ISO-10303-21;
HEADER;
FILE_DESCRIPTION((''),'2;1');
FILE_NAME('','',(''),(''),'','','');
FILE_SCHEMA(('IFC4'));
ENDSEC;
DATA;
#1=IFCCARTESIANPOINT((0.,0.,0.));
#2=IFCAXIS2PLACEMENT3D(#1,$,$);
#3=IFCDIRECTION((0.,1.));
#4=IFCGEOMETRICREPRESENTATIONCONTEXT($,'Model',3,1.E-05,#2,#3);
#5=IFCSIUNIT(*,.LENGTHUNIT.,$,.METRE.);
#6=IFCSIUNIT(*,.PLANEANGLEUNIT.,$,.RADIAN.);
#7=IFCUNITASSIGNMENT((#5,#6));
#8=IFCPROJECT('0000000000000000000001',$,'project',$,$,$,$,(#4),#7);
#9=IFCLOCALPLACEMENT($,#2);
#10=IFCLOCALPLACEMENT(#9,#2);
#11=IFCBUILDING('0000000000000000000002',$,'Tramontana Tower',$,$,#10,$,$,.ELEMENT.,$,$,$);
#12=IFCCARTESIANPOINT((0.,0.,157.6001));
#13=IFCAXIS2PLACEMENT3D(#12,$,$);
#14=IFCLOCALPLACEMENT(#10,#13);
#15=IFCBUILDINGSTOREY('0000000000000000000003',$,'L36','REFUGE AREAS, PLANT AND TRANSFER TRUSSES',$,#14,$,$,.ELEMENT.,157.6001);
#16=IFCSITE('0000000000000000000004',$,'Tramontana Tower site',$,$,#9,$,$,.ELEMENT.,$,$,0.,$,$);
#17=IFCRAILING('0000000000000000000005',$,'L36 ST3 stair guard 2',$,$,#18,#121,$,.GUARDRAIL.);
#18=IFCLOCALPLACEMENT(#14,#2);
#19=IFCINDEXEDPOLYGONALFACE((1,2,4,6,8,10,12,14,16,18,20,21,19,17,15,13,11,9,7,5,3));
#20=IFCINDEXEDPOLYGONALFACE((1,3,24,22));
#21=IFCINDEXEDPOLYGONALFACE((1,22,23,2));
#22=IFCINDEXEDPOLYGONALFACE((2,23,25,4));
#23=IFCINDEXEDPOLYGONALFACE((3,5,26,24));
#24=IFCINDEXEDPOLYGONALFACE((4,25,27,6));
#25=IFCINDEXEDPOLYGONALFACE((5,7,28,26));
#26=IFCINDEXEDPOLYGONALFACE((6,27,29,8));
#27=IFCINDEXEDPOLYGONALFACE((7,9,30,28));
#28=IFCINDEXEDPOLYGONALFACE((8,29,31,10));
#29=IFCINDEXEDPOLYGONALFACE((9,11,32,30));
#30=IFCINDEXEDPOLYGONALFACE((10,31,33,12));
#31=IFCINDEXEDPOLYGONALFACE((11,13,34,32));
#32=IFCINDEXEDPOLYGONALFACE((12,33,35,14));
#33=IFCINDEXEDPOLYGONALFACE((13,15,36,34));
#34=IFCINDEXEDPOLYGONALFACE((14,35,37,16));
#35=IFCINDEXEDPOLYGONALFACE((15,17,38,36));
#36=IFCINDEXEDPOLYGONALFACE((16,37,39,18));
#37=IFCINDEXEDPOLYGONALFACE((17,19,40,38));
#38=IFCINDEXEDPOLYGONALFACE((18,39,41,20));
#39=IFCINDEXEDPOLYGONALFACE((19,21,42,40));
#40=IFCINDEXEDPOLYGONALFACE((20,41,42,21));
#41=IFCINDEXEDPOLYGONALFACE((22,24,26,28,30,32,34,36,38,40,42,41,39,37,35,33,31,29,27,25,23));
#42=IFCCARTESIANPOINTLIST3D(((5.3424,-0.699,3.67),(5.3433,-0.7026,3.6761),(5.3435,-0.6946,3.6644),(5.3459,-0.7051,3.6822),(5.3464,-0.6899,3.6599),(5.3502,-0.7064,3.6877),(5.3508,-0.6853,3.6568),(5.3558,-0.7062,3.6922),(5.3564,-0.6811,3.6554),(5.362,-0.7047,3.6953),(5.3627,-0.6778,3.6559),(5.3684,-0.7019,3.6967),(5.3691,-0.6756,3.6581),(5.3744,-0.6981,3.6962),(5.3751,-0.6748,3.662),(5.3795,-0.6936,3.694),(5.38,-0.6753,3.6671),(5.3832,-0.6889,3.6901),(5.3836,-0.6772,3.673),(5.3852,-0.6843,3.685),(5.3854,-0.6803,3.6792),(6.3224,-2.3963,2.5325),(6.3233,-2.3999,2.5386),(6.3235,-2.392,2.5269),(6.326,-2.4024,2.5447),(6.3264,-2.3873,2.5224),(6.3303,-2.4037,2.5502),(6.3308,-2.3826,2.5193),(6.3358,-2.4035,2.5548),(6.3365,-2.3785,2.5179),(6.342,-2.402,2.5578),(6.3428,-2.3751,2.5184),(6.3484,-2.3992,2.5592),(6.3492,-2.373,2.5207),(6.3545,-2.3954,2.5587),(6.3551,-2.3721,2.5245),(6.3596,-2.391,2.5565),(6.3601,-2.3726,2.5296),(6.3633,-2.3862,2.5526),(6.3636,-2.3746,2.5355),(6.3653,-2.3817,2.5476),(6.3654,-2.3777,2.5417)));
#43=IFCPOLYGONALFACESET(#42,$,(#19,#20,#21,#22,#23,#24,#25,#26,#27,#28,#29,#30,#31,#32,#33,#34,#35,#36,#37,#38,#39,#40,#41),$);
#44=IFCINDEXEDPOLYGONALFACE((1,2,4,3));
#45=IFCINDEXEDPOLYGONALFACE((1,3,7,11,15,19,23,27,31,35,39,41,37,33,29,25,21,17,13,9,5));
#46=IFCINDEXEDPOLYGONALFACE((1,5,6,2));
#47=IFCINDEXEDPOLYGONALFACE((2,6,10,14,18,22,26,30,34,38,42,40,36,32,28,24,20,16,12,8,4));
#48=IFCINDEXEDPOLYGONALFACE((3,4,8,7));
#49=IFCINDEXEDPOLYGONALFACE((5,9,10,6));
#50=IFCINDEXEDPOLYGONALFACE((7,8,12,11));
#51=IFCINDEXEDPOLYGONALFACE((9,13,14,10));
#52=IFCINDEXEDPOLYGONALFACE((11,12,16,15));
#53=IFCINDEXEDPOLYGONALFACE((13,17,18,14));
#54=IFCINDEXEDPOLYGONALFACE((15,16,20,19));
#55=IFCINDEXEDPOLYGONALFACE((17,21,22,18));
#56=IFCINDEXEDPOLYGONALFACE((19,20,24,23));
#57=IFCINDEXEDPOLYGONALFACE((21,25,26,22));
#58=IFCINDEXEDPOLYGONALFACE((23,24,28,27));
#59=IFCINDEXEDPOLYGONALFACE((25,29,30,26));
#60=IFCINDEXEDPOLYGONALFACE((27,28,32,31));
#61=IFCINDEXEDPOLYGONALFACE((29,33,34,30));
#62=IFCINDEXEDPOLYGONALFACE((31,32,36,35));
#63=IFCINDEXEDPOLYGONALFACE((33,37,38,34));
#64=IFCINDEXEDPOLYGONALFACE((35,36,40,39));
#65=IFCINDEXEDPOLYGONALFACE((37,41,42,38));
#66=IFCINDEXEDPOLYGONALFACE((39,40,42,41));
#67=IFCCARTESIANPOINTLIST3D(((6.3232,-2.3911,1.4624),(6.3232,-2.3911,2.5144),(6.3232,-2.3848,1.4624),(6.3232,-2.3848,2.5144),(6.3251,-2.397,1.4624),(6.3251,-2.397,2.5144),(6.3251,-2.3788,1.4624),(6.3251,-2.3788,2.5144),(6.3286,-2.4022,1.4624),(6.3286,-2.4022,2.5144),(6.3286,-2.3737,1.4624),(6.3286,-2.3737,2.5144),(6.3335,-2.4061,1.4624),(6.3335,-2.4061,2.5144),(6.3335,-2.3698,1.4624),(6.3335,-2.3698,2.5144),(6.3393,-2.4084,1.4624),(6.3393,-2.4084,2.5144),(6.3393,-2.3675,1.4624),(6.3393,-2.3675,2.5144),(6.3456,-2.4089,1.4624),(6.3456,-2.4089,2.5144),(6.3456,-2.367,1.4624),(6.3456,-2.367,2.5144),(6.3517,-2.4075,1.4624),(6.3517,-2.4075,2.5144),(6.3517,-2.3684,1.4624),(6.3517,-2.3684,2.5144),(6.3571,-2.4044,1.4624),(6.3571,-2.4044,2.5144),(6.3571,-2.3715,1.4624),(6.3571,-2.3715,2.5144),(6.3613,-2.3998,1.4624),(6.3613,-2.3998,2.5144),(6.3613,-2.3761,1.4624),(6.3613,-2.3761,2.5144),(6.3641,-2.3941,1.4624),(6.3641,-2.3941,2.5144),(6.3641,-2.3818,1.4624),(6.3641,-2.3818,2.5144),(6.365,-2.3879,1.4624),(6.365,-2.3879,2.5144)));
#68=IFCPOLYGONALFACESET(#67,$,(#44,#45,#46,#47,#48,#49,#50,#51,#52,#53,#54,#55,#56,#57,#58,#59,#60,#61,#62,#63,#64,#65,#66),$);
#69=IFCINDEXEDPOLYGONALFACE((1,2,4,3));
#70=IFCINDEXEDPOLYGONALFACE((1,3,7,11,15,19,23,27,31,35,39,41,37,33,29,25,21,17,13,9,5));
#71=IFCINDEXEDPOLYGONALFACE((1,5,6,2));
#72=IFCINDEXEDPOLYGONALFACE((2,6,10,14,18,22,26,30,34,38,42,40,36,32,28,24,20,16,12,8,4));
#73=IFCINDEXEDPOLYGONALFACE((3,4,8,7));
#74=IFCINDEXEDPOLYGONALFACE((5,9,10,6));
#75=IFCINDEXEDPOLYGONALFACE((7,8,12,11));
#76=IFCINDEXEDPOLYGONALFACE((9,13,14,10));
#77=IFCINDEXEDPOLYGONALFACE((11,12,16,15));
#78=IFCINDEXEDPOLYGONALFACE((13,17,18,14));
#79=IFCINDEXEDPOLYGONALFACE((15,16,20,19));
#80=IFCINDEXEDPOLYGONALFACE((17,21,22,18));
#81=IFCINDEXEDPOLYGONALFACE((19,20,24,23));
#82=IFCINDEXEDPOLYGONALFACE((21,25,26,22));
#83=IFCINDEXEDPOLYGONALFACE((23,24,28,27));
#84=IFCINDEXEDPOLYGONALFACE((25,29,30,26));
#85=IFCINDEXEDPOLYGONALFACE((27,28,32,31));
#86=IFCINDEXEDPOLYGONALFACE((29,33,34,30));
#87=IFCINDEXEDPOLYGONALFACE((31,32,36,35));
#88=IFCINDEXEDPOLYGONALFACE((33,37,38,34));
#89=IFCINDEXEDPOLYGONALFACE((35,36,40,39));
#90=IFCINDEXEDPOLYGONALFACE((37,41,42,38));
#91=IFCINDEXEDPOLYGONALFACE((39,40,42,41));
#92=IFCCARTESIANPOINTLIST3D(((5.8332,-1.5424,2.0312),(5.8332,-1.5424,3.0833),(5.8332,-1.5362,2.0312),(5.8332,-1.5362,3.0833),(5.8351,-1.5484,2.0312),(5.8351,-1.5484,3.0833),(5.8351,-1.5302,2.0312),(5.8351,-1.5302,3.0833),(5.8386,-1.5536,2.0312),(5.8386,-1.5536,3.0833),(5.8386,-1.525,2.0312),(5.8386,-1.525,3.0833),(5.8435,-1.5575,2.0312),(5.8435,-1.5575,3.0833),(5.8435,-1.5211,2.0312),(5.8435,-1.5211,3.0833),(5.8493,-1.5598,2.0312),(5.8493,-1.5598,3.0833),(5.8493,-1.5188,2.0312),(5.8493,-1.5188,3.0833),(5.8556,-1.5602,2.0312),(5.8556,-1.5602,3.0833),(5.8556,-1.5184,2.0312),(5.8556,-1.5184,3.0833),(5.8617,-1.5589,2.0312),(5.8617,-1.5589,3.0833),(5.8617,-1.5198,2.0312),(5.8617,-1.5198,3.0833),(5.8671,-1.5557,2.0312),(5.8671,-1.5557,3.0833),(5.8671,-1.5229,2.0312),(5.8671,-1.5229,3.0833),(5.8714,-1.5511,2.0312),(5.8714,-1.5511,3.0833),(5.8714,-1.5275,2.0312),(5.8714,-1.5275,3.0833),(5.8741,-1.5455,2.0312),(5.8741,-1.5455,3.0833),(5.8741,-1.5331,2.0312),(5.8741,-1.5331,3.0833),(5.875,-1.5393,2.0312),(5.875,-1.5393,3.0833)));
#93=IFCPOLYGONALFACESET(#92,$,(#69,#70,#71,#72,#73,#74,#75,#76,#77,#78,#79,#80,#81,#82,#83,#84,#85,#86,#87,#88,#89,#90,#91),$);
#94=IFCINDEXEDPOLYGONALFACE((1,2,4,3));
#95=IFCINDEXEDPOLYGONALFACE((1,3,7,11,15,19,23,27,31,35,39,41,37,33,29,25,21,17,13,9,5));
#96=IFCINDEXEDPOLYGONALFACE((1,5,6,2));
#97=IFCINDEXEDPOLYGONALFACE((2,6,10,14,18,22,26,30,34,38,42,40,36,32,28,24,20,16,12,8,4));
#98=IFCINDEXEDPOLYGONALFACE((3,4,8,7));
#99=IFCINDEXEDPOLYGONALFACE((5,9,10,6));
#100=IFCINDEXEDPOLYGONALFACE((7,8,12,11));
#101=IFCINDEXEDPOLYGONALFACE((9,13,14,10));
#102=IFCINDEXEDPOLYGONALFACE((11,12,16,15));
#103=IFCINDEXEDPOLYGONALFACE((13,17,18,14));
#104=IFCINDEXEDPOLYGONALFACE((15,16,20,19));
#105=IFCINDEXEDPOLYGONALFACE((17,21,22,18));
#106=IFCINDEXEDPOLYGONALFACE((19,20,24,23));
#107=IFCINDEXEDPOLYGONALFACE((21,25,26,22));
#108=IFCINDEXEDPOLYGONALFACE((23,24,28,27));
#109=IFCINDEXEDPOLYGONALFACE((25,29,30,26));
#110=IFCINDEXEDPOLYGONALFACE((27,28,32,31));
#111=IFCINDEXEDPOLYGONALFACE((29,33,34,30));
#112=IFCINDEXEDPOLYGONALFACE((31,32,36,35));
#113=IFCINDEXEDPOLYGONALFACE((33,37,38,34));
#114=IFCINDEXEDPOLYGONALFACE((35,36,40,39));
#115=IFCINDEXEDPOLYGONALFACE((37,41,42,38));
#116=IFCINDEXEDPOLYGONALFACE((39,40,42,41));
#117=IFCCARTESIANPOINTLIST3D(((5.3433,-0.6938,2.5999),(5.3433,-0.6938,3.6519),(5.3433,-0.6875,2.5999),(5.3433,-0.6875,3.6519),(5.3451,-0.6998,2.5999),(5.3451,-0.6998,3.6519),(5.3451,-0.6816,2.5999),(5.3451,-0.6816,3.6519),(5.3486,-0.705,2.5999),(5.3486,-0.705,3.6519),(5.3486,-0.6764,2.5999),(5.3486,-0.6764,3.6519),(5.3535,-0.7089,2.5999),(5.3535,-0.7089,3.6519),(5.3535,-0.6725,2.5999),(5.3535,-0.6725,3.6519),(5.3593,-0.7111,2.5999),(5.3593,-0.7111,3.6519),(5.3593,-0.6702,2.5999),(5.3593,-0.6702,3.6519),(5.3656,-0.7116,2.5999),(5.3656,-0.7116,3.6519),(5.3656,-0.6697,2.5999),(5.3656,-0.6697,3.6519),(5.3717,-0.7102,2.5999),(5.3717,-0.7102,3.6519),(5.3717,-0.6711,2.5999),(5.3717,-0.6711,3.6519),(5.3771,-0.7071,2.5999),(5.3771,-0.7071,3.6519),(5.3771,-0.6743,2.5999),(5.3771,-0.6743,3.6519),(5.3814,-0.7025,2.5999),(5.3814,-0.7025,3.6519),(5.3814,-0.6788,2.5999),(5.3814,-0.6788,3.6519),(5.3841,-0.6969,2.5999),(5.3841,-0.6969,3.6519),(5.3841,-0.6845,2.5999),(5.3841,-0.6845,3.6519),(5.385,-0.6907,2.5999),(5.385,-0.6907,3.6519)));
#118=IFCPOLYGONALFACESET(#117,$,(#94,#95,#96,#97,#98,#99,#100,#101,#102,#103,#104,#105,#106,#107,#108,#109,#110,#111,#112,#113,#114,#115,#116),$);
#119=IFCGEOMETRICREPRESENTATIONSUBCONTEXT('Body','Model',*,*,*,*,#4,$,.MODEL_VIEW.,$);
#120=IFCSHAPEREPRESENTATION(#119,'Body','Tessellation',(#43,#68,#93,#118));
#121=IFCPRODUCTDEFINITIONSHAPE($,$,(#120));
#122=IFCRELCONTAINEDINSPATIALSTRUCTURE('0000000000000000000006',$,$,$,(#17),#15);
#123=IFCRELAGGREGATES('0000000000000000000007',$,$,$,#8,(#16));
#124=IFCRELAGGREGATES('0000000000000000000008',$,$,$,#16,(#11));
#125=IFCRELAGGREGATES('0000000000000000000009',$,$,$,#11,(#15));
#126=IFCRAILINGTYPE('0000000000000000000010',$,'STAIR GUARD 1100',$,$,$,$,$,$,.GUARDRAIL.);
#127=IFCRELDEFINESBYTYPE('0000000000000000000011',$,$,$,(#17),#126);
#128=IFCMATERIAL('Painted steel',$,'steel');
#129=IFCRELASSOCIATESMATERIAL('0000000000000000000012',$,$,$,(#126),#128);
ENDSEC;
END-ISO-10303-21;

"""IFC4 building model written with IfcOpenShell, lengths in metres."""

from ifc_helpers import new_model, si_unit, direction, frame, origin, origin_2d, place, context, subcontext, project, spatial, circle, extrude, material, type_object, element, save


model = new_model("IFC4")

# Units and contexts
model_context = context("Model", 3, precision=1e-05, world=origin(), true_north=direction((0.0, 1.0)))
body_context = subcontext(model_context, "Body", "Model", "MODEL_VIEW")
ifc_project = project(units=[si_unit("LENGTHUNIT", "METRE"), si_unit("PLANEANGLEUNIT", "RADIAN")], contexts=[model_context])

# Site, building, storey
site_placement = place(None, origin())
site = spatial("IfcSite", under=ifc_project, at=site_placement, Name="Tramontana Tower site", CompositionType="ELEMENT", RefElevation=0.0)
building_placement = place(site_placement, origin())
building = spatial("IfcBuilding", under=site, at=building_placement, Name="Tramontana Tower", CompositionType="ELEMENT")
storey_placement = place(building_placement, frame((0.0, 0.0, 157.6001)))
storey = spatial("IfcBuildingStorey", under=building, at=storey_placement, Name="L36", Description="REFUGE AREAS, PLANT AND TRANSFER TRUSSES", CompositionType="ELEMENT", Elevation=157.6001)

# Railing
ifc_material_1 = material(Name="Painted steel", Category="steel")
railing_type_1 = type_object("IfcRailingType", Name="STAIR GUARD 1100", PredefinedType="GUARDRAIL", material=ifc_material_1)
for number, where, name in (
    (1, (6.344, -2.3879, 1.4624), "L36 ST3 stair guard 2"),
):
    element("IfcRailing", number, at=place(storey_placement, frame(where)), inside=storey, type_object=railing_type_1, Name=name, PredefinedType="GUARDRAIL", context=body_context, shape_type="SweptSolid", body=[
        extrude(circle(Radius=0.0239, at=origin_2d()), frame((0.0, 0.0, 1.0762), z_axis=(-0.432467, 0.749006, 0.501959), x_axis=(-0.866011, -0.500024, 0.0)), (0.0, 0.0, 1.0), 2.2661),
        extrude(circle(Radius=0.021, at=origin_2d()), origin(), (0.0, 0.0, 1.0), 1.052),
        extrude(circle(Radius=0.021, at=origin_2d()), frame((-0.49, 0.8486, 0.5688)), (0.0, 0.0, 1.0), 1.052),
        extrude(circle(Radius=0.021, at=origin_2d()), frame((-0.98, 1.6973, 1.1375)), (0.0, 0.0, 1.0), 1.052),
    ])

save(model, "model.ifc")
